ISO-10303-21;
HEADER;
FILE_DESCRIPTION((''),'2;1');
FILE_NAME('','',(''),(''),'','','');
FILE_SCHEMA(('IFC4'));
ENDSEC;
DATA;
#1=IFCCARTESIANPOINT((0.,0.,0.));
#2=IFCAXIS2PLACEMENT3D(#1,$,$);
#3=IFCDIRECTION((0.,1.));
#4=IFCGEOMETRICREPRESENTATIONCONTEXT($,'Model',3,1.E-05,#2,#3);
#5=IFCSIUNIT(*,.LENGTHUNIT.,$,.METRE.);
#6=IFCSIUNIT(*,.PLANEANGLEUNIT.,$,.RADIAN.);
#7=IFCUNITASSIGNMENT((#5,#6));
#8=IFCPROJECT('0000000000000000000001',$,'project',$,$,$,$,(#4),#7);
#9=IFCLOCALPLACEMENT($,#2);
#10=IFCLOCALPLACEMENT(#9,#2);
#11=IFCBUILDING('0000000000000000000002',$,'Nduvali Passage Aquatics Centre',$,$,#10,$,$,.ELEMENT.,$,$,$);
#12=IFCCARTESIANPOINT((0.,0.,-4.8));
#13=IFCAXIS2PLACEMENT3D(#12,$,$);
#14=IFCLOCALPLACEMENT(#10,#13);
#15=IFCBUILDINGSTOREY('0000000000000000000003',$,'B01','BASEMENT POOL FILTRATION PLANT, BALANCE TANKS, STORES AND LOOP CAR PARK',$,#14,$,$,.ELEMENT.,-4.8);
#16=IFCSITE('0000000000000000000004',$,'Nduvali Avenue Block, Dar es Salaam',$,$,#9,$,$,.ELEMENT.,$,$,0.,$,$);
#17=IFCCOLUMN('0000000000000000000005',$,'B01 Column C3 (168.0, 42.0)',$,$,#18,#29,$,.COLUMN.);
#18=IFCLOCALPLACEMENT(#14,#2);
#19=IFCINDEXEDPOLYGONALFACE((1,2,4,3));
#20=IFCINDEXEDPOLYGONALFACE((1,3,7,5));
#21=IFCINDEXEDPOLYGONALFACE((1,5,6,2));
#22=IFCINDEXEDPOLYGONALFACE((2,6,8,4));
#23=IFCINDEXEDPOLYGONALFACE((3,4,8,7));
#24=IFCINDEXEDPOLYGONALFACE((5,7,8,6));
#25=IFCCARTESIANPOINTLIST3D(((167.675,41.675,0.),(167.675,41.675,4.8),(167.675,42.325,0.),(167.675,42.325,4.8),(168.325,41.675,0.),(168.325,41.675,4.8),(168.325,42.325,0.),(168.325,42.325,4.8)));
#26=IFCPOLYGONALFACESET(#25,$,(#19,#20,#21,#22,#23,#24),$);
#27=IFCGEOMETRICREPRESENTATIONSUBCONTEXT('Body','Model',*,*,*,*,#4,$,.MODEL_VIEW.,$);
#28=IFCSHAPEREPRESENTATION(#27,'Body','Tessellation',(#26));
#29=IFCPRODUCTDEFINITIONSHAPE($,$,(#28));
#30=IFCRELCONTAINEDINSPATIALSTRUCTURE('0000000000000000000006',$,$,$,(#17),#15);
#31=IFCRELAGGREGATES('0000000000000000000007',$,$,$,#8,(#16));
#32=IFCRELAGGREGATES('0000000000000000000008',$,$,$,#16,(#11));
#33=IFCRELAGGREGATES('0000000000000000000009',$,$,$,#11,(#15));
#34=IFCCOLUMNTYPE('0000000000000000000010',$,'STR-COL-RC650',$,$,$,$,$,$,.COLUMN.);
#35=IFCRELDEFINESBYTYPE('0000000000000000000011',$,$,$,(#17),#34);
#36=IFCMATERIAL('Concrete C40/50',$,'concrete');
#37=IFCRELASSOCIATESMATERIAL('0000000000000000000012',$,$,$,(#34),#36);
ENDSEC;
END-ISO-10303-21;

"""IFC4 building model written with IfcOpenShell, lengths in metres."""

from ifc_helpers import new_model, si_unit, direction, frame, origin, origin_2d, place, context, subcontext, project, spatial, rectangle, extrude, material, material_profile, profile_set, type_object, element, save


model = new_model("IFC4")

# Units and contexts
model_context = context("Model", 3, precision=1e-05, world=origin(), true_north=direction((0.0, 1.0)))
body_context = subcontext(model_context, "Body", "Model", "MODEL_VIEW")
ifc_project = project(units=[si_unit("LENGTHUNIT", "METRE"), si_unit("PLANEANGLEUNIT", "RADIAN")], contexts=[model_context])

# Site, building, storey
site_placement = place(None, origin())
site = spatial("IfcSite", under=ifc_project, at=site_placement, Name="Nduvali Avenue Block, Dar es Salaam", CompositionType="ELEMENT", RefElevation=0.0)
building_placement = place(site_placement, origin())
building = spatial("IfcBuilding", under=site, at=building_placement, Name="Nduvali Passage Aquatics Centre", CompositionType="ELEMENT")
storey_placement = place(building_placement, frame((0.0, 0.0, -4.8)))
storey = spatial("IfcBuildingStorey", under=building, at=storey_placement, Name="B01", Description="BASEMENT POOL FILTRATION PLANT, BALANCE TANKS, STORES AND LOOP CAR PARK", CompositionType="ELEMENT", Elevation=-4.8)

# Shared definitions
ifc_material = material(Name="Concrete C40/50", Category="concrete")

# Column
ifc_material_profile_1 = material_profile(ifc_material, rectangle(XDim=0.6499, YDim=0.6499, at=origin_2d()), Name="RC 650x650")
ifc_profile_set_1 = profile_set([ifc_material_profile_1], Name="Concrete C40/50")
column_type = type_object("IfcColumnType", Name="STR-COL-RC650", PredefinedType="COLUMN", material=ifc_profile_set_1)
for number, where, z_axis, x_axis, name in (
    (1, (168.0, 42.0, 0.0), (0.0, 0.0, 1.0), (1.0, 0.0, 0.0), "B01 Column C3 (168.0, 42.0)"),
):
    element("IfcColumn", number, at=place(storey_placement, frame(where, z_axis=z_axis, x_axis=x_axis)), inside=storey, type_object=column_type, Name=name, PredefinedType="COLUMN", context=body_context, shape_type="SweptSolid", body=[
        extrude(rectangle(XDim=0.6499, YDim=0.6499, at=origin_2d()), origin(), (0.0, 0.0, 1.0), 4.8),
    ])

save(model, "model.ifc")
